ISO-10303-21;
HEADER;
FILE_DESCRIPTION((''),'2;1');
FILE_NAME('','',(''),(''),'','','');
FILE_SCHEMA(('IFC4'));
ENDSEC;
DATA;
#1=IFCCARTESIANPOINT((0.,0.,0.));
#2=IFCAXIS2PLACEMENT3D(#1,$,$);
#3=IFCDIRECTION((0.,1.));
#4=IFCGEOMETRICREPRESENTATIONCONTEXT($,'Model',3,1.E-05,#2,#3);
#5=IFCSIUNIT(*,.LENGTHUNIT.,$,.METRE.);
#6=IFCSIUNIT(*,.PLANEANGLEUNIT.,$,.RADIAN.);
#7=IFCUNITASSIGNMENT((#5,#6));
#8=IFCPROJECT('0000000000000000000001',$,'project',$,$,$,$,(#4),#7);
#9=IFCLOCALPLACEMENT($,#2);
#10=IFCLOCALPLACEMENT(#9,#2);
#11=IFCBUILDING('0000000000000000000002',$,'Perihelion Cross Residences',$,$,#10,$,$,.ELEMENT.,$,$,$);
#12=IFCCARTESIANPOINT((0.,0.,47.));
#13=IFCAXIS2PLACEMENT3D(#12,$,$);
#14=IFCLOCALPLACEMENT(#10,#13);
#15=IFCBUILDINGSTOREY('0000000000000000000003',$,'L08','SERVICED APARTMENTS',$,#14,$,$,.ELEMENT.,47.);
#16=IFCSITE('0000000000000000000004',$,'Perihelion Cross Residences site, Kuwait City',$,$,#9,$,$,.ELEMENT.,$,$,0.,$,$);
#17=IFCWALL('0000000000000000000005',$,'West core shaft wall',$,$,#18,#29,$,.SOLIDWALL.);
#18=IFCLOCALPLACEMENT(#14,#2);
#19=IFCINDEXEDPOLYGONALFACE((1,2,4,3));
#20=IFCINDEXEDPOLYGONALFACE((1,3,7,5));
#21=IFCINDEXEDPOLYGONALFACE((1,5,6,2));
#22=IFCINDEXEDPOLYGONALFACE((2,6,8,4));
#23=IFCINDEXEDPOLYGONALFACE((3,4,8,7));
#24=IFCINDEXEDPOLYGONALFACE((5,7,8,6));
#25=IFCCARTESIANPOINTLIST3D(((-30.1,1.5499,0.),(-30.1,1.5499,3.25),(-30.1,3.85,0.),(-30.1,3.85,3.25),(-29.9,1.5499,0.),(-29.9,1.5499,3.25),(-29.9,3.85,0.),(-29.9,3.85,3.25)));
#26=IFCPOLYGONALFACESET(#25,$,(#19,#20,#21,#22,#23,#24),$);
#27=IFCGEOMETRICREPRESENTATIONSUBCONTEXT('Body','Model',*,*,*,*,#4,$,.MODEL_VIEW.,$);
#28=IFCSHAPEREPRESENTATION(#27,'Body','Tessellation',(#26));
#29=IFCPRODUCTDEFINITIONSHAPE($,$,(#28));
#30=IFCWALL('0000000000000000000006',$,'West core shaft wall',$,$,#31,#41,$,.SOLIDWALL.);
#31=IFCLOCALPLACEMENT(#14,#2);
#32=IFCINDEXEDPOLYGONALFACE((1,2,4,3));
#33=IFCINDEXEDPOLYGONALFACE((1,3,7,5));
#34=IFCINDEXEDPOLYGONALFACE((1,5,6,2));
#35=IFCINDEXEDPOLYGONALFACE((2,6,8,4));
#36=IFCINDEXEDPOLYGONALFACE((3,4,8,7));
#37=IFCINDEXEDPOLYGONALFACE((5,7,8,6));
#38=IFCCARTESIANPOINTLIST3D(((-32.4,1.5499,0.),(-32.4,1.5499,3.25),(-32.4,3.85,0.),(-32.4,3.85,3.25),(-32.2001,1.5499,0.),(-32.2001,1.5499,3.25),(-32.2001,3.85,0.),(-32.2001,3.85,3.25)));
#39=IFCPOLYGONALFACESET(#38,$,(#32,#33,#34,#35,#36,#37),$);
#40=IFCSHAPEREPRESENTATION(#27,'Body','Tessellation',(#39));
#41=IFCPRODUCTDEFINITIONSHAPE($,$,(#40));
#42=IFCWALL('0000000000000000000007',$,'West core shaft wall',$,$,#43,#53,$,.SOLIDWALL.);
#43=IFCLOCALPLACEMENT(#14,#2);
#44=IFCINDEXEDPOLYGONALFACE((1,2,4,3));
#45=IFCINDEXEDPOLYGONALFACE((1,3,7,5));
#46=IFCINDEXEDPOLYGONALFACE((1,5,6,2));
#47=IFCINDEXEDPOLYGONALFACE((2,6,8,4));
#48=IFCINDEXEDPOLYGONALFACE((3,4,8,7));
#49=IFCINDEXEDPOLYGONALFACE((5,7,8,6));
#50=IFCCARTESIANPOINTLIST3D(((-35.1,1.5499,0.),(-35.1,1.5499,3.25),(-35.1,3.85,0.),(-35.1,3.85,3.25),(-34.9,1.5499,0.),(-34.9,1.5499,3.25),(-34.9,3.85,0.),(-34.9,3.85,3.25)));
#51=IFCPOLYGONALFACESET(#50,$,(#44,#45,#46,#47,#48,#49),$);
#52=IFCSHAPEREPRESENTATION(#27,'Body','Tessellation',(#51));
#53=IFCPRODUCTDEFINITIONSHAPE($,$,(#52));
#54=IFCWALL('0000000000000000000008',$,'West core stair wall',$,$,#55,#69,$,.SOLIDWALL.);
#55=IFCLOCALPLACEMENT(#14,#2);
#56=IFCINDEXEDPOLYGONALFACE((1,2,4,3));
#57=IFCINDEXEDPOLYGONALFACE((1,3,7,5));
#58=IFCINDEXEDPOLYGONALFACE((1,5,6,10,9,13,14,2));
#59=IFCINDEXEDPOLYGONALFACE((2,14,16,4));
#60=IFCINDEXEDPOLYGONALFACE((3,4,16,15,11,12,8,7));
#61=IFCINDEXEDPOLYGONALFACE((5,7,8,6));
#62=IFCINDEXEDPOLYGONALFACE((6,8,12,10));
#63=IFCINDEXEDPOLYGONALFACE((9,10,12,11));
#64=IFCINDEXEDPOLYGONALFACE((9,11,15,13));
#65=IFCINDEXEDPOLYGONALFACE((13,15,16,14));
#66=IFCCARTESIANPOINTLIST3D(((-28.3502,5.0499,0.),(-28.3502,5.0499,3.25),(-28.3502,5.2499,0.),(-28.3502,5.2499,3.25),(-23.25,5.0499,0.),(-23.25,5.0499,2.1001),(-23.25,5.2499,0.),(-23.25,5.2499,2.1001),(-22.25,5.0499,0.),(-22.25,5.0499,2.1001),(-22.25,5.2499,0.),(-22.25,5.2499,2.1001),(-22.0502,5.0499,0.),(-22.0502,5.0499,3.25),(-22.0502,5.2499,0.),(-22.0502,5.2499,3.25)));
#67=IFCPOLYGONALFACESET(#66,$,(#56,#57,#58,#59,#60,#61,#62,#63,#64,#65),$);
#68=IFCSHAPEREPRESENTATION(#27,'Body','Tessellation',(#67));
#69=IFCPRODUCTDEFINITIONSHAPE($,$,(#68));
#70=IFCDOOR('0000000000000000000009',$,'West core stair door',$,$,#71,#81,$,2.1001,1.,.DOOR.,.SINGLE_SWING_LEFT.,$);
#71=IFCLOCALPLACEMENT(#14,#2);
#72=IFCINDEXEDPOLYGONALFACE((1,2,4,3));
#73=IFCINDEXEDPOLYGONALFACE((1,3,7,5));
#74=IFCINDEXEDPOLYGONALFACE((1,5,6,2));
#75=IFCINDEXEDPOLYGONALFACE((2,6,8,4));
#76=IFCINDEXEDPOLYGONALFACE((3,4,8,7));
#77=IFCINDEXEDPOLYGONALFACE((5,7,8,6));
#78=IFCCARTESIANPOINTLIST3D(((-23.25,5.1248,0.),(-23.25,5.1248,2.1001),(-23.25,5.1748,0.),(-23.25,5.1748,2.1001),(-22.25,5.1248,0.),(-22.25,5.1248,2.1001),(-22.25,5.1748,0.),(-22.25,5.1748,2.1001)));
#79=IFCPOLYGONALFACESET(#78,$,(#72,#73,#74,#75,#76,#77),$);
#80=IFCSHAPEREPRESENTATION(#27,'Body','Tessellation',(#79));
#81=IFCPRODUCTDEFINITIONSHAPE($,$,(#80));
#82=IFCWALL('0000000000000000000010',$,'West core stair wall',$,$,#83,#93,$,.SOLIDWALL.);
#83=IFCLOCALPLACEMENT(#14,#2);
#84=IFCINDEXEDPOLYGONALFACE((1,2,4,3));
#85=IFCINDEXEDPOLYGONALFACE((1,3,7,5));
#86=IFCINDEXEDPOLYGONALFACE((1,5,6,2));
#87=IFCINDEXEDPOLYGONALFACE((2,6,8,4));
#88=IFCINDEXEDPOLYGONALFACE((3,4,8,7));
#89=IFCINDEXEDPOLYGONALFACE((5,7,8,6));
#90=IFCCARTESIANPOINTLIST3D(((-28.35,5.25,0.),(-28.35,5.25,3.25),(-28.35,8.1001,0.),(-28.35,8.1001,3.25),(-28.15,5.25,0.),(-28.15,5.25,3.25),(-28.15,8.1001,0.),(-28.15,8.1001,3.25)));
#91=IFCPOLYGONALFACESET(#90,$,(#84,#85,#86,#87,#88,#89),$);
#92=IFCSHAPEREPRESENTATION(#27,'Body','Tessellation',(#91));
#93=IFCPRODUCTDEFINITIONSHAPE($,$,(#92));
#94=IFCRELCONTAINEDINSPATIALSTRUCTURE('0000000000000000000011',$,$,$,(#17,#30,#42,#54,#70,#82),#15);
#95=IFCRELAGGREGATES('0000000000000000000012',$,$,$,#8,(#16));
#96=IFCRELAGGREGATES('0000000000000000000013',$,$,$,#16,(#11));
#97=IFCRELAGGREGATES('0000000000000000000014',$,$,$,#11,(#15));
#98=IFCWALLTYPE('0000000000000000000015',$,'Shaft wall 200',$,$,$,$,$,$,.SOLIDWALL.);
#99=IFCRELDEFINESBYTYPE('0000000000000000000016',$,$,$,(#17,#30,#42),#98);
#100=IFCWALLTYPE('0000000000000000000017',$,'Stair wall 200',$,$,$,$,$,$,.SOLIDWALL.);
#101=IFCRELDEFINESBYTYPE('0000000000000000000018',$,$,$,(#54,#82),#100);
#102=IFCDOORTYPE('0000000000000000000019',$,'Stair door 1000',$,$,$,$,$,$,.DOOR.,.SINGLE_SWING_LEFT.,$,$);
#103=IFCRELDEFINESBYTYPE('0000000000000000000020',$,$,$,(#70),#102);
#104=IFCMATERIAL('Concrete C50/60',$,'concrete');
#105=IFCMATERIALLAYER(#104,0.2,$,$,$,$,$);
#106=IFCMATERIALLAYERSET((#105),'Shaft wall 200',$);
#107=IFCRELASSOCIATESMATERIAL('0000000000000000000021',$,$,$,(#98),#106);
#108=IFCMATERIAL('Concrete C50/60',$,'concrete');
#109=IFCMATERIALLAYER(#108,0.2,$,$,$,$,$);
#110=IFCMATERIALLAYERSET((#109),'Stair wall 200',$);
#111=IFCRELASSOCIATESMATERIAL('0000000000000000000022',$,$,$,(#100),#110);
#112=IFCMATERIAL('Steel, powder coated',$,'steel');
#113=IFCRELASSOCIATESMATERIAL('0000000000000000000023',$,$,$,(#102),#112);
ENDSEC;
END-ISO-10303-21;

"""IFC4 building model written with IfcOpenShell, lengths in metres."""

from ifc_helpers import new_model, si_unit, direction, frame, frame_2d, origin, place, context, subcontext, project, spatial, rectangle, extrude, material, layer, layer_set, type_object, element, fill, save


model = new_model("IFC4")

# Units and contexts
model_context = context("Model", 3, precision=1e-05, world=origin(), true_north=direction((0.0, 1.0)))
body_context = subcontext(model_context, "Body", "Model", "MODEL_VIEW")
ifc_project = project(units=[si_unit("LENGTHUNIT", "METRE"), si_unit("PLANEANGLEUNIT", "RADIAN")], contexts=[model_context])

# Site, building, storey
site_placement = place(None, origin())
site = spatial("IfcSite", under=ifc_project, at=site_placement, Name="Perihelion Cross Residences site, Kuwait City", CompositionType="ELEMENT", RefElevation=0.0)
building_placement = place(site_placement, origin())
building = spatial("IfcBuilding", under=site, at=building_placement, Name="Perihelion Cross Residences", CompositionType="ELEMENT")
storey_placement = place(building_placement, frame((0.0, 0.0, 47.0)))
storey = spatial("IfcBuildingStorey", under=building, at=storey_placement, Name="L08", Description="SERVICED APARTMENTS", CompositionType="ELEMENT", Elevation=47.0)

# Shared definitions
ifc_material_1 = material(Name="Concrete C50/60", Category="concrete")
ifc_layer_1 = layer(ifc_material_1, 0.2)
ifc_layer_set_1 = layer_set([ifc_layer_1], Name="Shaft wall 200")
wall_type_1 = type_object("IfcWallType", Name="Shaft wall 200", PredefinedType="SOLIDWALL", material=ifc_layer_set_1)

# Walls
for number, where, z_axis, x_axis, name in (
    (1, (-30.0, 1.55, 0.0), (0.0, 0.0, 1.0), (0.0, 1.0, 0.0), "West core shaft wall"),
    (2, (-32.3, 1.55, 0.0), (0.0, 0.0, 1.0), (0.0, 1.0, 0.0), "West core shaft wall"),
    (3, (-35.0, 1.55, 0.0), (0.0, 0.0, 1.0), (0.0, 1.0, 0.0), "West core shaft wall"),
):
    element("IfcWall", number, at=place(storey_placement, frame(where, z_axis=z_axis, x_axis=x_axis)), inside=storey, type_object=wall_type_1, Name=name, PredefinedType="SOLIDWALL", context=body_context, shape_type="SweptSolid", body=[
        extrude(rectangle(XDim=2.3, YDim=0.2, at=frame_2d((1.1499, 0.0))), origin(), (0.0, 0.0, 1.0), 3.25),
    ])

# Wall, opening, door
ifc_material_2 = material(Name="Concrete C50/60", Category="concrete")
ifc_layer_2 = layer(ifc_material_2, 0.2)
ifc_layer_set_2 = layer_set([ifc_layer_2], Name="Stair wall 200")
wall_type_2 = type_object("IfcWallType", Name="Stair wall 200", PredefinedType="SOLIDWALL", material=ifc_layer_set_2)
wall_1_placement = place(storey_placement, frame((-28.3501, 5.1499, 0.0), z_axis=(0.0, 0.0, 1.0), x_axis=(1.0, 0.0, 0.0)))
wall_1 = element("IfcWall", 4, at=wall_1_placement, inside=storey, type_object=wall_type_2, Name="West core stair wall", PredefinedType="SOLIDWALL", context=body_context, shape_type="SweptSolid", body=[
    extrude(rectangle(XDim=6.3, YDim=0.2, at=frame_2d((3.1499, 0.0))), origin(), (0.0, 0.0, 1.0), 3.25),
])
opening_1_placement = place(wall_1_placement, frame((5.1001, 0.0, 0.0)))
opening_1 = element("IfcOpeningElement", 5, at=opening_1_placement, cuts=wall_1, PredefinedType="OPENING", context=body_context, shape_type="SweptSolid", body=[
    extrude(rectangle(XDim=1.0, YDim=2.1001, at=frame_2d((0.5, 1.05))), frame((0.0, 0.1099, 0.0), z_axis=(0.0, -1.0, 0.0), x_axis=(1.0, 0.0, 0.0)), (0.0, 0.0, 1.0), 0.22),
])
ifc_material_3 = material(Name="Steel, powder coated", Category="steel")
door_type_1 = type_object("IfcDoorType", Name="Stair door 1000", OperationType="SINGLE_SWING_LEFT", PredefinedType="DOOR", material=ifc_material_3)
door_1_placement = place(opening_1_placement, origin())
door_1 = element("IfcDoor", 6, at=door_1_placement, inside=storey, type_object=door_type_1, Name="West core stair door", OperationType="SINGLE_SWING_LEFT", OverallHeight=2.1001, OverallWidth=1.0, PredefinedType="DOOR", context=body_context, shape_type="SweptSolid", body=[
    extrude(rectangle(XDim=1.0, YDim=2.1001, at=frame_2d((0.5, 1.05))), frame((0.0, 0.0249, 0.0), z_axis=(0.0, -1.0, 0.0), x_axis=(1.0, 0.0, 0.0)), (0.0, 0.0, 1.0), 0.05),
])
fill(opening_1, door_1)

# Wall
wall_2_placement = place(storey_placement, frame((-28.25, 5.25, 0.0), z_axis=(0.0, 0.0, 1.0), x_axis=(0.0, 1.0, 0.0)))
element("IfcWall", 7, at=wall_2_placement, inside=storey, type_object=wall_type_2, Name="West core stair wall", PredefinedType="SOLIDWALL", context=body_context, shape_type="SweptSolid", body=[
    extrude(rectangle(XDim=2.8501, YDim=0.2, at=frame_2d((1.425, 0.0))), origin(), (0.0, 0.0, 1.0), 3.25),
])

save(model, "model.ifc")
